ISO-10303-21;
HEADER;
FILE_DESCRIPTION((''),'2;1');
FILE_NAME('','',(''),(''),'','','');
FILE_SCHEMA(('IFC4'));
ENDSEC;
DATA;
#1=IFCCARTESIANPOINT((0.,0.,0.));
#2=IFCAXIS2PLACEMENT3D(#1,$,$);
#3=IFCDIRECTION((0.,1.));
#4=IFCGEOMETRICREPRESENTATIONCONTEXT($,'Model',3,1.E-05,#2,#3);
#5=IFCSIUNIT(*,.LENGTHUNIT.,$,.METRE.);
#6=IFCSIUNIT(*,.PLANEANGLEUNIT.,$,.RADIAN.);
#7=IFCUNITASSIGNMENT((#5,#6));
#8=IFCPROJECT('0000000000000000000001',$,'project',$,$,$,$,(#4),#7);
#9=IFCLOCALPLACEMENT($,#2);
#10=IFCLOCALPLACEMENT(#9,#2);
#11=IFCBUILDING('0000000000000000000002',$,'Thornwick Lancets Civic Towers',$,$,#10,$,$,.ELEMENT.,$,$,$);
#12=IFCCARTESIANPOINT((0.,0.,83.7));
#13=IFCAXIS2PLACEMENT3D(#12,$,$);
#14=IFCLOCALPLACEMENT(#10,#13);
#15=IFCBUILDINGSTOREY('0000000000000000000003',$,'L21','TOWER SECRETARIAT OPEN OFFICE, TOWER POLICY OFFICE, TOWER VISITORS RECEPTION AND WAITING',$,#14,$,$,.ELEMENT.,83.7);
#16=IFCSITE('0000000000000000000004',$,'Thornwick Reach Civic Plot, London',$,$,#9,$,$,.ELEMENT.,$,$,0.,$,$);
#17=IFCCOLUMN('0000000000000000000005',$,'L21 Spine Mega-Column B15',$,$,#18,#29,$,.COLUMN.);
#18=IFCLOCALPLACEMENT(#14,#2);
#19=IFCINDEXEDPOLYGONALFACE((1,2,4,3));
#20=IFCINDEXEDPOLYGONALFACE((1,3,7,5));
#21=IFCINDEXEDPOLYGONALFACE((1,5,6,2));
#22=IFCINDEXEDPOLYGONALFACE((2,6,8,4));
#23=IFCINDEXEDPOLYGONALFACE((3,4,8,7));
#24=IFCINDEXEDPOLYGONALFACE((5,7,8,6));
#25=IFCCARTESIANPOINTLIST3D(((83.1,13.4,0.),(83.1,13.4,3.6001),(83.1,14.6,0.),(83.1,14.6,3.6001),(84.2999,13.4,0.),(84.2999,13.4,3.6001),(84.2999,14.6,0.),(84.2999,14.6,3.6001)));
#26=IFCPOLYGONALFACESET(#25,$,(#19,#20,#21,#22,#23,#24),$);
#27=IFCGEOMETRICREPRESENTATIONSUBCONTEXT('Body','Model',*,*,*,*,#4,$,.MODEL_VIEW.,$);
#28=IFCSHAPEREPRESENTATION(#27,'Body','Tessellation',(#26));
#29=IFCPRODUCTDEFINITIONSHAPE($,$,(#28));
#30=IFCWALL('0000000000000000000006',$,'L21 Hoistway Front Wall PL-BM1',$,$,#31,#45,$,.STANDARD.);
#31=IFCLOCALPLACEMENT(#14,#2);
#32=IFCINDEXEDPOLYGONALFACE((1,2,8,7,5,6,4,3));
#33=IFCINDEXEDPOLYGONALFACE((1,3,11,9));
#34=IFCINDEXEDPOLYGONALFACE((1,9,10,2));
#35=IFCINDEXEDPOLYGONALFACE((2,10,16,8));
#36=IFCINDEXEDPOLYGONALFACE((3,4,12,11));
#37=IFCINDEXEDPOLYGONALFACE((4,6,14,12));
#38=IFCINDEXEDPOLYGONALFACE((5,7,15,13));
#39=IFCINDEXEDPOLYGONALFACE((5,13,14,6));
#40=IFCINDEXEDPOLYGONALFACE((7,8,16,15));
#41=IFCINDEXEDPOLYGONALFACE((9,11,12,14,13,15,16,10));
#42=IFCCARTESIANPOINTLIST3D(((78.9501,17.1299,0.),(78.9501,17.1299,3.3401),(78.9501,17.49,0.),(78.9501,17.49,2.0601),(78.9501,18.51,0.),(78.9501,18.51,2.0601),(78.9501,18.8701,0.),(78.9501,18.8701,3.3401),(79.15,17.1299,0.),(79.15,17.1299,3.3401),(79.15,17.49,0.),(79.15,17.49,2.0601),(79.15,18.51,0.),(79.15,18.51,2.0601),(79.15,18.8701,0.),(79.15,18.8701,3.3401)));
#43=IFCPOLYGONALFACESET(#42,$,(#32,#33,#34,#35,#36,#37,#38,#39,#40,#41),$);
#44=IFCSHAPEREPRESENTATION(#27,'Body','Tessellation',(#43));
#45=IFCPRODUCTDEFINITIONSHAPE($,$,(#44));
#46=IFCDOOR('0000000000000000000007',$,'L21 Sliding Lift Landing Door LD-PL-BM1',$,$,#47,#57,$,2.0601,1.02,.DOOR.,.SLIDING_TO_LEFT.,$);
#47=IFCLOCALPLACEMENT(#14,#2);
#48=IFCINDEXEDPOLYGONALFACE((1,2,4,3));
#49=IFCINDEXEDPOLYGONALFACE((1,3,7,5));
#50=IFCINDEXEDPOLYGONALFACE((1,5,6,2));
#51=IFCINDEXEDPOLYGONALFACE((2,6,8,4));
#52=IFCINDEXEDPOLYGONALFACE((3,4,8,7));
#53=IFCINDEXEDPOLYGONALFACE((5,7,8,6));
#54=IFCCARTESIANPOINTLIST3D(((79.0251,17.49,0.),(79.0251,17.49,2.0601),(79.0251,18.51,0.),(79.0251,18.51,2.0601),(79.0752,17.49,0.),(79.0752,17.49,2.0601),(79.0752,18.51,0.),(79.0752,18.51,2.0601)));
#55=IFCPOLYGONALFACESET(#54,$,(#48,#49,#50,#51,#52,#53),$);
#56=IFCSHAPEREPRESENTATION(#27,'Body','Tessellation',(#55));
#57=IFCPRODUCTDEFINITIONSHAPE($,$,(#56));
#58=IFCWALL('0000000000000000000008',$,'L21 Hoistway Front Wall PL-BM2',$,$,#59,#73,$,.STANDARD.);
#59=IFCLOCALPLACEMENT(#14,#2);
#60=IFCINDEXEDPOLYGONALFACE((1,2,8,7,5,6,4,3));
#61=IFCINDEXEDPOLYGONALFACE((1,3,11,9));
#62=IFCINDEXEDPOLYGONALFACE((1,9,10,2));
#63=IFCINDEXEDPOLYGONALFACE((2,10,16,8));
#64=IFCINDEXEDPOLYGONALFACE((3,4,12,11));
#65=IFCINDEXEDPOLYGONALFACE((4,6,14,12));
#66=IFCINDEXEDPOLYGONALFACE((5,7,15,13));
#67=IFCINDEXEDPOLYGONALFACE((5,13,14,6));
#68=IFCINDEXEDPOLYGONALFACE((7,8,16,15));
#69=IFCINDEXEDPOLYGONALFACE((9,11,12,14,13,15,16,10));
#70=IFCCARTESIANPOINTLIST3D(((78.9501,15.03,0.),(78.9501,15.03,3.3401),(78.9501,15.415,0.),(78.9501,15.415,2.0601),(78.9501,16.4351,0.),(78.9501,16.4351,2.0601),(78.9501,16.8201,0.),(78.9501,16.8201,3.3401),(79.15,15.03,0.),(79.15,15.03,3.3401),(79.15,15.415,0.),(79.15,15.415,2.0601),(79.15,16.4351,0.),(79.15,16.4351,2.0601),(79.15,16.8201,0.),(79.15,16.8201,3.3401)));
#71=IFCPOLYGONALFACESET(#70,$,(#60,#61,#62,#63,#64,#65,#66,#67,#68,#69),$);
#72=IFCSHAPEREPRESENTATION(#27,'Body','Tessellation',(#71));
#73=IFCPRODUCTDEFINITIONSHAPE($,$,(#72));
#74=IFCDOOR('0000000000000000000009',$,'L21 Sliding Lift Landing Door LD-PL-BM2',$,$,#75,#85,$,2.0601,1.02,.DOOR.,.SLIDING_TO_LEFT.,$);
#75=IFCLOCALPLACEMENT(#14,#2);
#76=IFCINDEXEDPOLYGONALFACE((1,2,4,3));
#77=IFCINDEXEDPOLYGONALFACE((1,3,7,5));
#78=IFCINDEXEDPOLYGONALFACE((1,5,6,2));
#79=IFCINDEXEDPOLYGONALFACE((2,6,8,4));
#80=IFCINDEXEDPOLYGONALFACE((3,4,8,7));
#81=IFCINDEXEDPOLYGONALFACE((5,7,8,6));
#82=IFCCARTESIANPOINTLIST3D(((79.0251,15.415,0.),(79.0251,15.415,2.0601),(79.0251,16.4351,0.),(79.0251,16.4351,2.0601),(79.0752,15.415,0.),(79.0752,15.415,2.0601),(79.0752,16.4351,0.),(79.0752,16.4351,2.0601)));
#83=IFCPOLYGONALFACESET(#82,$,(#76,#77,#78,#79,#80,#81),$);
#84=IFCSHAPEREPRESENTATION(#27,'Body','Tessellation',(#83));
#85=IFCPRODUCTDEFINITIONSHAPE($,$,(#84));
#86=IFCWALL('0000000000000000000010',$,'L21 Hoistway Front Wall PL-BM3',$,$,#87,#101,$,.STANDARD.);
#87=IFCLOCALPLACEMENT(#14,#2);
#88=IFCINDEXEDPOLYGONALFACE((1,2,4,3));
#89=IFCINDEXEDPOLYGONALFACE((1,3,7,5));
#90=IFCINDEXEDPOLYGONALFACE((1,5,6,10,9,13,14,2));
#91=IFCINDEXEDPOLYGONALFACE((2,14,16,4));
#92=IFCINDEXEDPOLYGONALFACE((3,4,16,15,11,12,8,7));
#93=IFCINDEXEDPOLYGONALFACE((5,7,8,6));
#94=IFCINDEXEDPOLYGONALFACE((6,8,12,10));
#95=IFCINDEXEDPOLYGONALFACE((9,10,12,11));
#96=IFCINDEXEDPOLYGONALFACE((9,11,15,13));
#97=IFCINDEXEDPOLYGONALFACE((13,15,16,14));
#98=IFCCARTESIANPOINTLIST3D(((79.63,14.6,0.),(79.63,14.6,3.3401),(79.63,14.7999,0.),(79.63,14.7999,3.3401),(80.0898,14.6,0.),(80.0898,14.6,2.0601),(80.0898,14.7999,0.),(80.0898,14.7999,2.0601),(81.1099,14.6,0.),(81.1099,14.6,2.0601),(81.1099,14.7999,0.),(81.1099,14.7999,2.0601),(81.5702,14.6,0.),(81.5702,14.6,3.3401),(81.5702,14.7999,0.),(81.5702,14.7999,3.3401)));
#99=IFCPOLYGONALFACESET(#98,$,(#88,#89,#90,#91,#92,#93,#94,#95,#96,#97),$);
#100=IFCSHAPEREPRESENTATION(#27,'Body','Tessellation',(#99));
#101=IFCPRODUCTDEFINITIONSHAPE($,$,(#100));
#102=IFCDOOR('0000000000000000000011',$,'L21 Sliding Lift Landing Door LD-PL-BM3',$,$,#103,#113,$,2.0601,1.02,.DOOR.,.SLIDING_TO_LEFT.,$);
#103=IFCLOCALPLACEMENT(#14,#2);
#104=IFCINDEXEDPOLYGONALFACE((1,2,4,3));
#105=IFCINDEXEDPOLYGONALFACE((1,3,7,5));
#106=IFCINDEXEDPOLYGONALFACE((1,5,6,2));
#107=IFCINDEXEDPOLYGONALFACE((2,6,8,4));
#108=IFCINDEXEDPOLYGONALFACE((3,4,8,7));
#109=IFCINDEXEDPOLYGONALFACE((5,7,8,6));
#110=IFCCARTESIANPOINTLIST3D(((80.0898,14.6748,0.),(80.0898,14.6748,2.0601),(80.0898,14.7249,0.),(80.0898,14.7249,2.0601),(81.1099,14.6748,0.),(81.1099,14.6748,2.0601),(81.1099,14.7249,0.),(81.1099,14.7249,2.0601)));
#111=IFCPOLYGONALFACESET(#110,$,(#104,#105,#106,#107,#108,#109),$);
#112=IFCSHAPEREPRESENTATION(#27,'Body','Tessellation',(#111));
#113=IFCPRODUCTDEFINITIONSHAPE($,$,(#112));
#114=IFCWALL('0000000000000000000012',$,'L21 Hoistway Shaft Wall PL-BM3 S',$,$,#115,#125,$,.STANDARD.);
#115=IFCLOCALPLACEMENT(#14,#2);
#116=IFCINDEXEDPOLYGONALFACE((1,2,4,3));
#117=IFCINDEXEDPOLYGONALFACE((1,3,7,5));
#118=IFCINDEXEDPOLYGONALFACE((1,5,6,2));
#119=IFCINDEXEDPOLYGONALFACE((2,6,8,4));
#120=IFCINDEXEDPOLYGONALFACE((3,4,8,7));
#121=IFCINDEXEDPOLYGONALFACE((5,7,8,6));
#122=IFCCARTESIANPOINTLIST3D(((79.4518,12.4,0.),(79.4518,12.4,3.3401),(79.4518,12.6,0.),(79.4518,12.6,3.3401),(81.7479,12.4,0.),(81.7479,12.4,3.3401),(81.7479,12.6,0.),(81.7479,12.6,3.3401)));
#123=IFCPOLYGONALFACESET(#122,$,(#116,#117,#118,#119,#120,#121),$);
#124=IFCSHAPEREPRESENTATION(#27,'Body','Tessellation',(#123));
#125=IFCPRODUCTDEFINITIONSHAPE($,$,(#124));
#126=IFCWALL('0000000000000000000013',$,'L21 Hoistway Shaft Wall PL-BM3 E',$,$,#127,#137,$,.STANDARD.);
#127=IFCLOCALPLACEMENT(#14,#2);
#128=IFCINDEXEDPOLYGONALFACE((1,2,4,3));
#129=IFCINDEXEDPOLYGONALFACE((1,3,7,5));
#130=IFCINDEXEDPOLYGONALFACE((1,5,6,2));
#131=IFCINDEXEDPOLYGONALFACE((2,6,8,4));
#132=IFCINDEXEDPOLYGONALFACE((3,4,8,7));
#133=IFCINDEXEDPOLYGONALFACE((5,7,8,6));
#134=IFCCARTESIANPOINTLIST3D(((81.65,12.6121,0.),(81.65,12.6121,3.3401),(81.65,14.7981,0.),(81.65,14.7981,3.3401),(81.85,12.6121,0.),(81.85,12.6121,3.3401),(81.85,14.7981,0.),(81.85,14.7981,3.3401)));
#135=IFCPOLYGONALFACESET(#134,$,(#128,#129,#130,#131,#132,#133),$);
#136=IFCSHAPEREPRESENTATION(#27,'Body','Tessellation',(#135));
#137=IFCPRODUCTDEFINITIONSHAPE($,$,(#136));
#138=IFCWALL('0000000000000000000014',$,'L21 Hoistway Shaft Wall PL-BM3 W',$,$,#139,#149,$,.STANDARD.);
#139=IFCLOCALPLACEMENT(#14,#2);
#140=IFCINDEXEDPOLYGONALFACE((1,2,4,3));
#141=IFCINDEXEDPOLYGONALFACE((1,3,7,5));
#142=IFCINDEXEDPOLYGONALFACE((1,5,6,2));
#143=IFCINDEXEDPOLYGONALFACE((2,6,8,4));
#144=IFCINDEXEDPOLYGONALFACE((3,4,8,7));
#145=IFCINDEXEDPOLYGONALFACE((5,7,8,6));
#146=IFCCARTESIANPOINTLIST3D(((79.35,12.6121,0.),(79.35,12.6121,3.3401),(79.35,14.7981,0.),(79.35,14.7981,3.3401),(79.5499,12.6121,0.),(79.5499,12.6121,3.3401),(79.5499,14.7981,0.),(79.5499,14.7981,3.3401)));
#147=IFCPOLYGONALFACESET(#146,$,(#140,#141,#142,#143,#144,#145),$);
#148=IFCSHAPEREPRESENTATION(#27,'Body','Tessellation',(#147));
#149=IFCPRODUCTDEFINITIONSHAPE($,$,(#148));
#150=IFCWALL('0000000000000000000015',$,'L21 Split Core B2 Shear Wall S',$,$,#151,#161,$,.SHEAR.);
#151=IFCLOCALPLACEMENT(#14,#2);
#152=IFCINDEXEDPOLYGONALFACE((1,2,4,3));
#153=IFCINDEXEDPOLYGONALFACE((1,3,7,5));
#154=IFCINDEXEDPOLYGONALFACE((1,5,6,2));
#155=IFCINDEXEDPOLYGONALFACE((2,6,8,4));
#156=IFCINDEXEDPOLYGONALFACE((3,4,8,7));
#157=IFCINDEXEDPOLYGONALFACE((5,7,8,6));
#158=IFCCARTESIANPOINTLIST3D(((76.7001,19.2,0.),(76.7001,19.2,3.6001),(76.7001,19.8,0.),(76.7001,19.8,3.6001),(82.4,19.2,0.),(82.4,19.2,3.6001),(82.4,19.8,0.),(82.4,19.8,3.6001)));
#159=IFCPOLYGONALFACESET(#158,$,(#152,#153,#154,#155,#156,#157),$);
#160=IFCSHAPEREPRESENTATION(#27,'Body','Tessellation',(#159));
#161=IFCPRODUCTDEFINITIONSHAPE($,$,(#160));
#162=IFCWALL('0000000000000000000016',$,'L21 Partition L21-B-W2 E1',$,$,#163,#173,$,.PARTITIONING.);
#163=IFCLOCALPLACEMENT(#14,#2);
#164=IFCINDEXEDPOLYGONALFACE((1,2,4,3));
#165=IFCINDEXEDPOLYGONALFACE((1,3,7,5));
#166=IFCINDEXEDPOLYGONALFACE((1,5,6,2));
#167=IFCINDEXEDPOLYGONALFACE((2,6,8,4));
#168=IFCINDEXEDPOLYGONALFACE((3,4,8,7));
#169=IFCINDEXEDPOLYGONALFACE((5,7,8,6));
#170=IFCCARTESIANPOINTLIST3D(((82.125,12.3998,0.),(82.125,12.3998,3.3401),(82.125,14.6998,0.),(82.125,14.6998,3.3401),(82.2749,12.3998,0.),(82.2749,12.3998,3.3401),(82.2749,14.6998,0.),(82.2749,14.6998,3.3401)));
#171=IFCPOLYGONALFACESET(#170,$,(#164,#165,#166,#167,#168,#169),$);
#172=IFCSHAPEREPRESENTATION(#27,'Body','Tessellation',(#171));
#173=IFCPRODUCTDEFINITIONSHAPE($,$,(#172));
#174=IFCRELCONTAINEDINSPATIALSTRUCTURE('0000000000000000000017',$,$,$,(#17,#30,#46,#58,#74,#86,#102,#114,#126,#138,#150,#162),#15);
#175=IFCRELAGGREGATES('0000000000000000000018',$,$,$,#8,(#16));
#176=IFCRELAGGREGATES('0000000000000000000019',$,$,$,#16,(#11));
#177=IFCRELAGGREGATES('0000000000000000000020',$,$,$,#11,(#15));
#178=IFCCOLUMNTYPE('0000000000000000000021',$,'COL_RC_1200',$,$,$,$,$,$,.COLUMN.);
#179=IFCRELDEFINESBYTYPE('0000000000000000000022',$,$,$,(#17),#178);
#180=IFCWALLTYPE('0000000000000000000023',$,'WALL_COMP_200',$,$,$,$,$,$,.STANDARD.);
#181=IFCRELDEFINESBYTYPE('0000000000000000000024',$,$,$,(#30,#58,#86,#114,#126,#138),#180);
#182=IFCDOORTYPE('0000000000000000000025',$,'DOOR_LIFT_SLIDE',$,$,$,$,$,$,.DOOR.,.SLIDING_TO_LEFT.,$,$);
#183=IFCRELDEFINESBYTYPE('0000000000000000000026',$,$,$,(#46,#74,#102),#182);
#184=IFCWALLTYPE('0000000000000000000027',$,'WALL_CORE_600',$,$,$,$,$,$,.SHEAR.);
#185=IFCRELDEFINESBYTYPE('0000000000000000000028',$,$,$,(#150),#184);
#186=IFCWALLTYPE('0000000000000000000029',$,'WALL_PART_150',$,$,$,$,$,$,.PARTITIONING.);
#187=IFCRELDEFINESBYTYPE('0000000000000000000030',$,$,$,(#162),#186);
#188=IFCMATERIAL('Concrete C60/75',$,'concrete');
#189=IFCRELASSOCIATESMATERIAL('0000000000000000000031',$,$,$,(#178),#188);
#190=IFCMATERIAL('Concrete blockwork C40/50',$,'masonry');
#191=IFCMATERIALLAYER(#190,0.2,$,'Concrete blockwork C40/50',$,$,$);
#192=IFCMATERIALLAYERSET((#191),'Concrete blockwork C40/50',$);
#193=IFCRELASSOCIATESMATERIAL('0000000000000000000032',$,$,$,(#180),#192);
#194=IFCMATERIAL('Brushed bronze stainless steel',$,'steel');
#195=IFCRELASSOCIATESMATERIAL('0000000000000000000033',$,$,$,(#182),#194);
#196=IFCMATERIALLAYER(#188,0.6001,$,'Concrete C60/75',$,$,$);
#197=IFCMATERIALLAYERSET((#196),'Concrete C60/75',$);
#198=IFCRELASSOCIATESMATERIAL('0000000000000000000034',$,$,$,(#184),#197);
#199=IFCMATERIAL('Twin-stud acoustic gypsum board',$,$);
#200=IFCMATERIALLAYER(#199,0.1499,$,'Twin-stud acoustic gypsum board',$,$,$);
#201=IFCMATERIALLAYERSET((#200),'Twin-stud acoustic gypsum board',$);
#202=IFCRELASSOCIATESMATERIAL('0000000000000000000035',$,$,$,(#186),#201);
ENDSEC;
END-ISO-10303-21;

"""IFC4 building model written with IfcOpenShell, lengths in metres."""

from ifc_helpers import new_model, si_unit, direction, frame, frame_2d, origin, origin_2d, place, context, subcontext, project, spatial, rectangle, extrude, material, layer, layer_set, material_profile, profile_set, type_object, element, fill, save


model = new_model("IFC4")

# Units and contexts
model_context = context("Model", 3, precision=1e-05, world=origin(), true_north=direction((0.0, 1.0)))
body_context = subcontext(model_context, "Body", "Model", "MODEL_VIEW")
ifc_project = project(units=[si_unit("LENGTHUNIT", "METRE"), si_unit("PLANEANGLEUNIT", "RADIAN")], contexts=[model_context])

# Site, building, storey
site_placement = place(None, origin())
site = spatial("IfcSite", under=ifc_project, at=site_placement, Name="Thornwick Reach Civic Plot, London", CompositionType="ELEMENT", RefElevation=0.0)
building_placement = place(site_placement, origin())
building = spatial("IfcBuilding", under=site, at=building_placement, Name="Thornwick Lancets Civic Towers", CompositionType="ELEMENT")
storey_placement = place(building_placement, frame((0.0, 0.0, 83.7)))
storey = spatial("IfcBuildingStorey", under=building, at=storey_placement, Name="L21", Description="TOWER SECRETARIAT OPEN OFFICE, TOWER POLICY OFFICE, TOWER VISITORS RECEPTION AND WAITING", CompositionType="ELEMENT", Elevation=83.7)

# Column
ifc_material_1 = material(Name="Concrete C60/75", Category="concrete")
ifc_material_profile = material_profile(ifc_material_1, rectangle(XDim=1.2, YDim=1.2, at=origin_2d()), Name="RC 1200x1200")
ifc_profile_set = profile_set([ifc_material_profile], Name="Concrete C60/75")
column_type = type_object("IfcColumnType", Name="COL_RC_1200", PredefinedType="COLUMN", material=ifc_profile_set)
column_placement = place(storey_placement, frame((83.7, 14.0, 0.0), z_axis=(0.0, 0.0, 1.0), x_axis=(1.0, 0.0, 0.0)))
element("IfcColumn", 1, at=column_placement, inside=storey, type_object=column_type, Name="L21 Spine Mega-Column B15", PredefinedType="COLUMN", context=body_context, shape_type="SweptSolid", body=[
    extrude(rectangle(XDim=1.2, YDim=1.2, at=origin_2d()), origin(), (0.0, 0.0, 1.0), 3.6001),
])

# Walls, openings, doors
ifc_material_2 = material(Name="Concrete blockwork C40/50", Category="masonry")
ifc_layer_1 = layer(ifc_material_2, 0.2, Name="Concrete blockwork C40/50")
ifc_layer_set_1 = layer_set([ifc_layer_1], Name="Concrete blockwork C40/50")
wall_type_1 = type_object("IfcWallType", Name="WALL_COMP_200", PredefinedType="STANDARD", material=ifc_layer_set_1)
wall_1_placement = place(storey_placement, frame((79.05, 17.1299, 0.0), z_axis=(0.0, 0.0, 1.0), x_axis=(0.0, 1.0, 0.0)))
wall_1 = element("IfcWall", 2, at=wall_1_placement, inside=storey, type_object=wall_type_1, Name="L21 Hoistway Front Wall PL-BM1", PredefinedType="STANDARD", context=body_context, shape_type="SweptSolid", body=[
    extrude(rectangle(XDim=1.7402, YDim=0.2, at=frame_2d((0.8701, 0.0))), origin(), (0.0, 0.0, 1.0), 3.3401),
])
opening_1_placement = place(wall_1_placement, frame((0.3601, 0.0, 0.0)))
opening_1 = element("IfcOpeningElement", 3, at=opening_1_placement, cuts=wall_1, PredefinedType="OPENING", context=body_context, shape_type="SweptSolid", body=[
    extrude(rectangle(XDim=1.02, YDim=2.0601, at=frame_2d((0.51, 1.03))), frame((0.0, 0.1099, 0.0), z_axis=(0.0, -1.0, 0.0), x_axis=(1.0, 0.0, 0.0)), (0.0, 0.0, 1.0), 0.22),
])
ifc_material_3 = material(Name="Brushed bronze stainless steel", Category="steel")
door_type_1 = type_object("IfcDoorType", Name="DOOR_LIFT_SLIDE", OperationType="SLIDING_TO_LEFT", PredefinedType="DOOR", material=ifc_material_3)
door_1_placement = place(opening_1_placement, origin())
door_1 = element("IfcDoor", 4, at=door_1_placement, inside=storey, type_object=door_type_1, Name="L21 Sliding Lift Landing Door LD-PL-BM1", OperationType="SLIDING_TO_LEFT", OverallHeight=2.0601, OverallWidth=1.02, PredefinedType="DOOR", context=body_context, shape_type="SweptSolid", body=[
    extrude(rectangle(XDim=1.02, YDim=2.0601, at=frame_2d((0.51, 1.03))), frame((0.0, 0.0249, 0.0), z_axis=(0.0, -1.0, 0.0), x_axis=(1.0, 0.0, 0.0)), (0.0, 0.0, 1.0), 0.05),
])
fill(opening_1, door_1)
wall_2_placement = place(storey_placement, frame((79.05, 15.03, 0.0), z_axis=(0.0, 0.0, 1.0), x_axis=(0.0, 1.0, 0.0)))
wall_2 = element("IfcWall", 5, at=wall_2_placement, inside=storey, type_object=wall_type_1, Name="L21 Hoistway Front Wall PL-BM2", PredefinedType="STANDARD", context=body_context, shape_type="SweptSolid", body=[
    extrude(rectangle(XDim=1.79, YDim=0.2, at=frame_2d((0.895, 0.0))), origin(), (0.0, 0.0, 1.0), 3.3401),
])
opening_2_placement = place(wall_2_placement, frame((0.385, 0.0, 0.0)))
opening_2 = element("IfcOpeningElement", 6, at=opening_2_placement, cuts=wall_2, PredefinedType="OPENING", context=body_context, shape_type="SweptSolid", body=[
    extrude(rectangle(XDim=1.02, YDim=2.0601, at=frame_2d((0.51, 1.03))), frame((0.0, 0.1099, 0.0), z_axis=(0.0, -1.0, 0.0), x_axis=(1.0, 0.0, 0.0)), (0.0, 0.0, 1.0), 0.22),
])
door_2_placement = place(opening_2_placement, origin())
door_2 = element("IfcDoor", 7, at=door_2_placement, inside=storey, type_object=door_type_1, Name="L21 Sliding Lift Landing Door LD-PL-BM2", OperationType="SLIDING_TO_LEFT", OverallHeight=2.0601, OverallWidth=1.02, PredefinedType="DOOR", context=body_context, shape_type="SweptSolid", body=[
    extrude(rectangle(XDim=1.02, YDim=2.0601, at=frame_2d((0.51, 1.03))), frame((0.0, 0.0249, 0.0), z_axis=(0.0, -1.0, 0.0), x_axis=(1.0, 0.0, 0.0)), (0.0, 0.0, 1.0), 0.05),
])
fill(opening_2, door_2)
wall_3_placement = place(storey_placement, frame((79.6299, 14.7, 0.0), z_axis=(0.0, 0.0, 1.0), x_axis=(1.0, 0.0, 0.0)))
wall_3 = element("IfcWall", 8, at=wall_3_placement, inside=storey, type_object=wall_type_1, Name="L21 Hoistway Front Wall PL-BM3", PredefinedType="STANDARD", context=body_context, shape_type="SweptSolid", body=[
    extrude(rectangle(XDim=1.9402, YDim=0.2, at=frame_2d((0.9702, 0.0))), origin(), (0.0, 0.0, 1.0), 3.3401),
])
opening_3_placement = place(wall_3_placement, frame((0.46, 0.0, 0.0)))
opening_3 = element("IfcOpeningElement", 9, at=opening_3_placement, cuts=wall_3, PredefinedType="OPENING", context=body_context, shape_type="SweptSolid", body=[
    extrude(rectangle(XDim=1.02, YDim=2.0601, at=frame_2d((0.51, 1.03))), frame((0.0, 0.1099, 0.0), z_axis=(0.0, -1.0, 0.0), x_axis=(1.0, 0.0, 0.0)), (0.0, 0.0, 1.0), 0.22),
])
door_3_placement = place(opening_3_placement, origin())
door_3 = element("IfcDoor", 10, at=door_3_placement, inside=storey, type_object=door_type_1, Name="L21 Sliding Lift Landing Door LD-PL-BM3", OperationType="SLIDING_TO_LEFT", OverallHeight=2.0601, OverallWidth=1.02, PredefinedType="DOOR", context=body_context, shape_type="SweptSolid", body=[
    extrude(rectangle(XDim=1.02, YDim=2.0601, at=frame_2d((0.51, 1.03))), frame((0.0, 0.0249, 0.0), z_axis=(0.0, -1.0, 0.0), x_axis=(1.0, 0.0, 0.0)), (0.0, 0.0, 1.0), 0.05),
])
fill(opening_3, door_3)

# Walls
wall_4_placement = place(storey_placement, frame((79.4519, 12.5, 0.0), z_axis=(0.0, 0.0, 1.0), x_axis=(1.0, 0.0, 0.0)))
element("IfcWall", 11, at=wall_4_placement, inside=storey, type_object=wall_type_1, Name="L21 Hoistway Shaft Wall PL-BM3 S", PredefinedType="STANDARD", context=body_context, shape_type="SweptSolid", body=[
    extrude(rectangle(XDim=2.2961, YDim=0.2, at=frame_2d((1.1479, 0.0))), origin(), (0.0, 0.0, 1.0), 3.3401),
])
for number, where, z_axis, x_axis, name in (
    (12, (81.75, 12.6121, 0.0), (0.0, 0.0, 1.0), (0.0, 1.0, 0.0), "L21 Hoistway Shaft Wall PL-BM3 E"),
    (13, (79.45, 12.6121, 0.0), (0.0, 0.0, 1.0), (0.0, 1.0, 0.0), "L21 Hoistway Shaft Wall PL-BM3 W"),
):
    element("IfcWall", number, at=place(storey_placement, frame(where, z_axis=z_axis, x_axis=x_axis)), inside=storey, type_object=wall_type_1, Name=name, PredefinedType="STANDARD", context=body_context, shape_type="SweptSolid", body=[
        extrude(rectangle(XDim=2.186, YDim=0.2, at=frame_2d((1.093, 0.0))), origin(), (0.0, 0.0, 1.0), 3.3401),
    ])
ifc_layer_2 = layer(ifc_material_1, 0.6001, Name="Concrete C60/75")
ifc_layer_set_2 = layer_set([ifc_layer_2], Name="Concrete C60/75")
wall_type_2 = type_object("IfcWallType", Name="WALL_CORE_600", PredefinedType="SHEAR", material=ifc_layer_set_2)
wall_5_placement = place(storey_placement, frame((76.7, 19.5, 0.0), z_axis=(0.0, 0.0, 1.0), x_axis=(1.0, 0.0, 0.0)))
element("IfcWall", 14, at=wall_5_placement, inside=storey, type_object=wall_type_2, Name="L21 Split Core B2 Shear Wall S", PredefinedType="SHEAR", context=body_context, shape_type="SweptSolid", body=[
    extrude(rectangle(XDim=5.7, YDim=0.6001, at=frame_2d((2.8501, 0.0))), origin(), (0.0, 0.0, 1.0), 3.6001),
])
ifc_material_4 = material(Name="Twin-stud acoustic gypsum board")
ifc_layer_3 = layer(ifc_material_4, 0.1499, Name="Twin-stud acoustic gypsum board")
ifc_layer_set_3 = layer_set([ifc_layer_3], Name="Twin-stud acoustic gypsum board")
wall_type_3 = type_object("IfcWallType", Name="WALL_PART_150", PredefinedType="PARTITIONING", material=ifc_layer_set_3)
wall_6_placement = place(storey_placement, frame((82.2, 12.3999, 0.0), z_axis=(0.0, 0.0, 1.0), x_axis=(0.0, 1.0, 0.0)))
element("IfcWall", 15, at=wall_6_placement, inside=storey, type_object=wall_type_3, Name="L21 Partition L21-B-W2 E1", PredefinedType="PARTITIONING", context=body_context, shape_type="SweptSolid", body=[
    extrude(rectangle(XDim=2.3, YDim=0.1499, at=frame_2d((1.1499, 0.0))), origin(), (0.0, 0.0, 1.0), 3.3401),
])

save(model, "model.ifc")
